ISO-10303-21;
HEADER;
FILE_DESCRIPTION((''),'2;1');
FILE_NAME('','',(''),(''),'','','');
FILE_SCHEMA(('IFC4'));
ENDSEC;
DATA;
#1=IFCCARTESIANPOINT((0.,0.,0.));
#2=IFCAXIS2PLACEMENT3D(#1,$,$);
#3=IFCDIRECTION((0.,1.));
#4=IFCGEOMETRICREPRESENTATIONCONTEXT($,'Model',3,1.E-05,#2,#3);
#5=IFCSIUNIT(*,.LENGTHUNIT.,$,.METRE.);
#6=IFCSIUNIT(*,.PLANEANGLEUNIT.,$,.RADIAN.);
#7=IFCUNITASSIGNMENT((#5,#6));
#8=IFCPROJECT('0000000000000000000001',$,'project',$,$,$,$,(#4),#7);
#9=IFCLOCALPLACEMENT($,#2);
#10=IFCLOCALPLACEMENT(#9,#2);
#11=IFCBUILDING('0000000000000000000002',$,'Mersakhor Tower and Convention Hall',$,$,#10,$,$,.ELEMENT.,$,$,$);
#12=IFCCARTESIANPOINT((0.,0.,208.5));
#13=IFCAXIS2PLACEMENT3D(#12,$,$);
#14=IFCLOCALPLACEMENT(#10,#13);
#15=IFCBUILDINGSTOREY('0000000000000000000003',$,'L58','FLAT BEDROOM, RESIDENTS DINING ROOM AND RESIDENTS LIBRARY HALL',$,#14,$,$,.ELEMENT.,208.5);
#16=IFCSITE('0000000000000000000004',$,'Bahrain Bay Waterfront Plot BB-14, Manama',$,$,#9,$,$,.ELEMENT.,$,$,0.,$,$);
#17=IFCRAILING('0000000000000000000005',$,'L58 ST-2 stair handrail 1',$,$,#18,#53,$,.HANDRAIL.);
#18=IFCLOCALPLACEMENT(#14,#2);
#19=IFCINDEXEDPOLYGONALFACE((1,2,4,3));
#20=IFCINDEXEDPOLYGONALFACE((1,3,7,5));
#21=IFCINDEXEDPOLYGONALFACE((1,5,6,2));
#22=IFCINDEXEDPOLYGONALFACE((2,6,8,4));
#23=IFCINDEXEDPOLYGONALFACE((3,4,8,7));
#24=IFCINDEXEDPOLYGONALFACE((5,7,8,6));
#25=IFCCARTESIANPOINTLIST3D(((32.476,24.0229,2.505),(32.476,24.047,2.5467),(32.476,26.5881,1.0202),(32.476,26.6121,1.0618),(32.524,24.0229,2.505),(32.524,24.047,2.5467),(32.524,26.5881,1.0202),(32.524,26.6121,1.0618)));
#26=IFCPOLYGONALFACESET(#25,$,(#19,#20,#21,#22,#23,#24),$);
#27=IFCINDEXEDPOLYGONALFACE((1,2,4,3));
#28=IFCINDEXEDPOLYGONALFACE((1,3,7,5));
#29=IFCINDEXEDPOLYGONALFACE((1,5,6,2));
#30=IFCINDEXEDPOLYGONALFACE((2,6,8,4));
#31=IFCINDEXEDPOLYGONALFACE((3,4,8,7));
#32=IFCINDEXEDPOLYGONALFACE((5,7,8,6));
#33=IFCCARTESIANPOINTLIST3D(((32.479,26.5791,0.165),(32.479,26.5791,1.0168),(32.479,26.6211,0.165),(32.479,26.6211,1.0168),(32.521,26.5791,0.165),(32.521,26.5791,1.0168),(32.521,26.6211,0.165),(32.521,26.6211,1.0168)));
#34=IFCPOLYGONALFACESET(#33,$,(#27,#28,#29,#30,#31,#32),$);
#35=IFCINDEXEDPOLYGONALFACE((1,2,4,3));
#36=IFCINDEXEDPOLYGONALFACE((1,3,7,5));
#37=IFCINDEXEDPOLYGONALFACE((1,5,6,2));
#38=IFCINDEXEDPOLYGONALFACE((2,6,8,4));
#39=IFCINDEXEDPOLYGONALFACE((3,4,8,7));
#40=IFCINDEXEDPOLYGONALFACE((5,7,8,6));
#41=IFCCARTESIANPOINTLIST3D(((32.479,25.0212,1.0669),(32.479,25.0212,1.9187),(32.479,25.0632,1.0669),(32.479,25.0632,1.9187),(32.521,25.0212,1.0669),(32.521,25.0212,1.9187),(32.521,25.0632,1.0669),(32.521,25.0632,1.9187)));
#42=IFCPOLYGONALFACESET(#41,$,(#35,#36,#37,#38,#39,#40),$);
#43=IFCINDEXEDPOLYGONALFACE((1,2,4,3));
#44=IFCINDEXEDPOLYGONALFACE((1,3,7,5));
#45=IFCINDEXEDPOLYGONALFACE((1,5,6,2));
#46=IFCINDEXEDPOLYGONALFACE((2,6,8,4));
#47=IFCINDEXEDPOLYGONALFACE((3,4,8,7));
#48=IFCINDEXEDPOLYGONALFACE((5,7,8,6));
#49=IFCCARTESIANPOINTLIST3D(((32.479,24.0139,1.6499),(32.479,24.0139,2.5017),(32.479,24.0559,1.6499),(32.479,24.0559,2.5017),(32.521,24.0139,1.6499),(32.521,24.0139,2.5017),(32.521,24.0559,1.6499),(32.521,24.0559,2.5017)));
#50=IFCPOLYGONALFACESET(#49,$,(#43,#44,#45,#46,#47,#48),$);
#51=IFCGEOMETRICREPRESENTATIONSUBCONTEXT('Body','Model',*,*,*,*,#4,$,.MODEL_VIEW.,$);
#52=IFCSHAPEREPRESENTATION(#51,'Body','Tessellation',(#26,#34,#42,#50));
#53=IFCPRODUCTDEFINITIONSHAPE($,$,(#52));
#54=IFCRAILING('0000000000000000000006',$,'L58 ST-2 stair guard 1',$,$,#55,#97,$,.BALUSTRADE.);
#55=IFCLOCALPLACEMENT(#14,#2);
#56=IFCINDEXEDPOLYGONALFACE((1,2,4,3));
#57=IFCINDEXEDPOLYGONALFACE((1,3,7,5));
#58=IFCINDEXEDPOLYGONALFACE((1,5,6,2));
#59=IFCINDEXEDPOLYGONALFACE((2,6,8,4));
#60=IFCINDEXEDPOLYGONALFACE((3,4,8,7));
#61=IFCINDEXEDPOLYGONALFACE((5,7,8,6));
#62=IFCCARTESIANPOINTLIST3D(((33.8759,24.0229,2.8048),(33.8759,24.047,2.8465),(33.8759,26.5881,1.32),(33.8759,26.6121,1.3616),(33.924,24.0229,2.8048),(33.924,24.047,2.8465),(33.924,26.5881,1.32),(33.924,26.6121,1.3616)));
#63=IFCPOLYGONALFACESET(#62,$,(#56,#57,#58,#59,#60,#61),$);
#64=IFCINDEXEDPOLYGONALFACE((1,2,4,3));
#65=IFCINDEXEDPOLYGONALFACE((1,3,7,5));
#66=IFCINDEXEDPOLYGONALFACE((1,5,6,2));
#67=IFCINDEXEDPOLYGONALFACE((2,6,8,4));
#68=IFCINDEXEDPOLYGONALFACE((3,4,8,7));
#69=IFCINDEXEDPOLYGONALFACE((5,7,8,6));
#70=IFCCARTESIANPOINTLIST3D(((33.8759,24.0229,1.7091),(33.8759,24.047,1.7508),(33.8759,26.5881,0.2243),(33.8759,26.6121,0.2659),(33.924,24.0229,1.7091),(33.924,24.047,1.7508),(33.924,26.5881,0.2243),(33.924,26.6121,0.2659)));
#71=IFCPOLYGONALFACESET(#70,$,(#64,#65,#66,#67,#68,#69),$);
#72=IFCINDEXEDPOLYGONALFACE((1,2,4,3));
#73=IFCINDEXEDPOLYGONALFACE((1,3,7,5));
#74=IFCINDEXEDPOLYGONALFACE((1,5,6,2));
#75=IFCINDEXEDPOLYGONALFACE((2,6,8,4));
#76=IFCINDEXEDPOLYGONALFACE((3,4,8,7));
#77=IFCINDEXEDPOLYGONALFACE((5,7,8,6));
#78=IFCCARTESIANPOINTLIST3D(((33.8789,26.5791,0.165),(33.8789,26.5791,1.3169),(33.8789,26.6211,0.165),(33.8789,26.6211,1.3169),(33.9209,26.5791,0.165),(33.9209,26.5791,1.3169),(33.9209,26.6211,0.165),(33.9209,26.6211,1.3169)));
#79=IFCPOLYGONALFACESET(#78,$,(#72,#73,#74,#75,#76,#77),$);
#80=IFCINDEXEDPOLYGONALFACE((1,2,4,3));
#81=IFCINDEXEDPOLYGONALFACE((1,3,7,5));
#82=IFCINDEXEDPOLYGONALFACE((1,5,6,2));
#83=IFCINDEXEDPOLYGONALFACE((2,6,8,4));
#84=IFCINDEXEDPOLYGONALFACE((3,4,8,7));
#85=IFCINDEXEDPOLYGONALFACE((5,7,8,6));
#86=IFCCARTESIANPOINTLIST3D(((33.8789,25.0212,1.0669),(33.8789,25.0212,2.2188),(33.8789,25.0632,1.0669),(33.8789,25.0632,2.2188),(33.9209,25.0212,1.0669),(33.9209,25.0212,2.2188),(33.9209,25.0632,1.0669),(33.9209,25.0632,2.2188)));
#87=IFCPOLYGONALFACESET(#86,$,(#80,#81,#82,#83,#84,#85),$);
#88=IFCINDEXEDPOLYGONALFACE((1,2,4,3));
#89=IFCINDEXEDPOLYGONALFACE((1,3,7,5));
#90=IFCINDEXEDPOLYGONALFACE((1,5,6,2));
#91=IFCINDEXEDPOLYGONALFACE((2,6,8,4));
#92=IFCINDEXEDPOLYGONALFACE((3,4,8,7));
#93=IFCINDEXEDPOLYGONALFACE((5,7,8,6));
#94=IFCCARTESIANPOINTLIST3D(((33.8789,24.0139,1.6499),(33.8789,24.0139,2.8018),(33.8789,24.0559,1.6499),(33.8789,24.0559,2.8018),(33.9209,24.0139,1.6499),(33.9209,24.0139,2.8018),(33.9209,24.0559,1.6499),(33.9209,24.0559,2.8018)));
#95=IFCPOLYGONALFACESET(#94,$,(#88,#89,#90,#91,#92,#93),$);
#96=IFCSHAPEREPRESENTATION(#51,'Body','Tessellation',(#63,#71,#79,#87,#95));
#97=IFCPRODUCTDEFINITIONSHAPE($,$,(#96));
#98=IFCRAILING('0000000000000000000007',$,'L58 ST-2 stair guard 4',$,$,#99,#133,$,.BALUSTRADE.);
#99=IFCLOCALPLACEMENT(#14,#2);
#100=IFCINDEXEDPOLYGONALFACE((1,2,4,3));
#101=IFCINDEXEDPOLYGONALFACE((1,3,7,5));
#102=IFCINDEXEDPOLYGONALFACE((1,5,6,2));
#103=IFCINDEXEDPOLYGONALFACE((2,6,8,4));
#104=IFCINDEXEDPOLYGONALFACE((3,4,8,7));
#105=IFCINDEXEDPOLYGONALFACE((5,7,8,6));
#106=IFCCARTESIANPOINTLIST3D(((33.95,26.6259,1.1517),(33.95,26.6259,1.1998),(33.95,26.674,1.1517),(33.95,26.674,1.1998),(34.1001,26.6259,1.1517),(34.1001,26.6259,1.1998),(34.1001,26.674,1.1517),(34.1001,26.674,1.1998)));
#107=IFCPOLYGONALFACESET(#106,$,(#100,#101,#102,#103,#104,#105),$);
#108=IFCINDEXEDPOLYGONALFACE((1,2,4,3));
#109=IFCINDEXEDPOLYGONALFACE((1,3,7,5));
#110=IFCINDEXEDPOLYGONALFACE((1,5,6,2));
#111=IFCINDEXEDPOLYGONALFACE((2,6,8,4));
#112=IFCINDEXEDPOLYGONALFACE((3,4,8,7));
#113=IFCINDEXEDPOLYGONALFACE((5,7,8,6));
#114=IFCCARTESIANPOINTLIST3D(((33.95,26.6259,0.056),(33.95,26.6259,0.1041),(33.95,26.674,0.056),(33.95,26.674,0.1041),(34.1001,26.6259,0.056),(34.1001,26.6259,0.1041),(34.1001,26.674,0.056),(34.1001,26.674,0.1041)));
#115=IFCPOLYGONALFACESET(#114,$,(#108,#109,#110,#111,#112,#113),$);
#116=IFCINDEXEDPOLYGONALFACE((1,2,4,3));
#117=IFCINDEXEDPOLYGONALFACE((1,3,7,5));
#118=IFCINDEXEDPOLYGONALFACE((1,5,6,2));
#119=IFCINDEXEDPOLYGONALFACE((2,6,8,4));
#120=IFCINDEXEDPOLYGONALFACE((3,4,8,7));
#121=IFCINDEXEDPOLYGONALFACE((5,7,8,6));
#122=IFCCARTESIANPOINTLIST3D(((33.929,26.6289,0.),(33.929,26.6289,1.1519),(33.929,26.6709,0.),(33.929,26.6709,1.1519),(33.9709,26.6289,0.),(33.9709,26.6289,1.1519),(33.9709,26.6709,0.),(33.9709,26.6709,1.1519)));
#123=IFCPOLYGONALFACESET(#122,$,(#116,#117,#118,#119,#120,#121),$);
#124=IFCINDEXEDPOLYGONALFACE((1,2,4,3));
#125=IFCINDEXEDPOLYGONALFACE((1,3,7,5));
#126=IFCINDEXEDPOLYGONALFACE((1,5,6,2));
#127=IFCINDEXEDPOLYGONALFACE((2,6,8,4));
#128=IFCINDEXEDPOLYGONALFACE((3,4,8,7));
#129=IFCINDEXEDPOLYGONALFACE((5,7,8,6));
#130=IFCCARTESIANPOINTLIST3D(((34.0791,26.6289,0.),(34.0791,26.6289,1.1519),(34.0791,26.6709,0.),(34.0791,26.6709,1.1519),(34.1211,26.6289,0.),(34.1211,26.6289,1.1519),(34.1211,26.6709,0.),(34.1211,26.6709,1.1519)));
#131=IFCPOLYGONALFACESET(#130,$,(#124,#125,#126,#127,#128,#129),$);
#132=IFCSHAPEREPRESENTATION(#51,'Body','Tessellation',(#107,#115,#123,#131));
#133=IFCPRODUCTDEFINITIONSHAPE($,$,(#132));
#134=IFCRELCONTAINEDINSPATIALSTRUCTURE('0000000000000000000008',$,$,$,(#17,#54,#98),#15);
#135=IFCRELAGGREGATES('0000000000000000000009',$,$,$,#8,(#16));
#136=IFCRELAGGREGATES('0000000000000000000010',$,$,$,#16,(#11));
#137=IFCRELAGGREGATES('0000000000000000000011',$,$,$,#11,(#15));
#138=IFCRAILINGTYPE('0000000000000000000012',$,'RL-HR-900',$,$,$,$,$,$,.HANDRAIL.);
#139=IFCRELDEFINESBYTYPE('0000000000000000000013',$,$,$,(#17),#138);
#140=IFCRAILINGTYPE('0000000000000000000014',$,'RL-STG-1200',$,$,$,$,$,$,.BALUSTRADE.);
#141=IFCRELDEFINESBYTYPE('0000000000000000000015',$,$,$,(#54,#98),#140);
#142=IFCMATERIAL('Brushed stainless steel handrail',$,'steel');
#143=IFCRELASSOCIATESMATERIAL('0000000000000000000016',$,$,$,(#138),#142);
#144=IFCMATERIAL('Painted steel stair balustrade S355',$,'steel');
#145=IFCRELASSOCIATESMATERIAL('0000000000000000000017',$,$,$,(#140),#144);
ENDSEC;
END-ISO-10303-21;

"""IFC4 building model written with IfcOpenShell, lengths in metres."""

from ifc_helpers import new_model, si_unit, direction, frame, origin, origin_2d, place, context, subcontext, project, spatial, rectangle, extrude, material, type_object, element, save


model = new_model("IFC4")

# Units and contexts
model_context = context("Model", 3, precision=1e-05, world=origin(), true_north=direction((0.0, 1.0)))
body_context = subcontext(model_context, "Body", "Model", "MODEL_VIEW")
ifc_project = project(units=[si_unit("LENGTHUNIT", "METRE"), si_unit("PLANEANGLEUNIT", "RADIAN")], contexts=[model_context])

# Site, building, storey
site_placement = place(None, origin())
site = spatial("IfcSite", under=ifc_project, at=site_placement, Name="Bahrain Bay Waterfront Plot BB-14, Manama", CompositionType="ELEMENT", RefElevation=0.0)
building_placement = place(site_placement, origin())
building = spatial("IfcBuilding", under=site, at=building_placement, Name="Mersakhor Tower and Convention Hall", CompositionType="ELEMENT")
storey_placement = place(building_placement, frame((0.0, 0.0, 208.5)))
storey = spatial("IfcBuildingStorey", under=building, at=storey_placement, Name="L58", Description="FLAT BEDROOM, RESIDENTS DINING ROOM AND RESIDENTS LIBRARY HALL", CompositionType="ELEMENT", Elevation=208.5)

# Railings
ifc_material_1 = material(Name="Brushed stainless steel handrail", Category="steel")
railing_type_1 = type_object("IfcRailingType", Name="RL-HR-900", PredefinedType="HANDRAIL", material=ifc_material_1)
railing_1_placement = place(storey_placement, frame((32.5, 26.6001, 0.165)))
element("IfcRailing", 1, at=railing_1_placement, inside=storey, type_object=railing_type_1, Name="L58 ST-2 stair handrail 1", PredefinedType="HANDRAIL", context=body_context, shape_type="SweptSolid", body=[
    extrude(rectangle(XDim=0.0481, YDim=0.0481, at=origin_2d()), frame((0.0, 0.0, 0.876), z_axis=(0.0, -0.865462, 0.500975), x_axis=(1.0, 0.0, 0.0)), (0.0, 0.0, 1.0), 2.9639),
    extrude(rectangle(XDim=0.042, YDim=0.042, at=origin_2d()), origin(), (0.0, 0.0, 1.0), 0.8518),
    extrude(rectangle(XDim=0.042, YDim=0.042, at=origin_2d()), frame((0.0, -1.5579, 0.9019)), (0.0, 0.0, 1.0), 0.8518),
    extrude(rectangle(XDim=0.042, YDim=0.042, at=origin_2d()), frame((0.0, -2.5652, 1.4849)), (0.0, 0.0, 1.0), 0.8518),
])
ifc_material_2 = material(Name="Painted steel stair balustrade S355", Category="steel")
railing_type_2 = type_object("IfcRailingType", Name="RL-STG-1200", PredefinedType="BALUSTRADE", material=ifc_material_2)
railing_2_placement = place(storey_placement, frame((33.8999, 26.6001, 0.165)))
element("IfcRailing", 2, at=railing_2_placement, inside=storey, type_object=railing_type_2, Name="L58 ST-2 stair guard 1", PredefinedType="BALUSTRADE", context=body_context, shape_type="SweptSolid", body=[
    extrude(rectangle(XDim=0.0481, YDim=0.0481, at=origin_2d()), frame((0.0, 0.0, 1.1758), z_axis=(0.0, -0.865462, 0.500975), x_axis=(1.0, 0.0, 0.0)), (0.0, 0.0, 1.0), 2.9639),
    extrude(rectangle(XDim=0.0481, YDim=0.0481, at=origin_2d()), frame((0.0, 0.0, 0.0801), z_axis=(0.0, -0.865462, 0.500975), x_axis=(1.0, 0.0, 0.0)), (0.0, 0.0, 1.0), 2.9639),
    extrude(rectangle(XDim=0.042, YDim=0.042, at=origin_2d()), origin(), (0.0, 0.0, 1.0), 1.1519),
    extrude(rectangle(XDim=0.042, YDim=0.042, at=origin_2d()), frame((0.0, -1.5579, 0.9019)), (0.0, 0.0, 1.0), 1.1519),
    extrude(rectangle(XDim=0.042, YDim=0.042, at=origin_2d()), frame((0.0, -2.5652, 1.4849)), (0.0, 0.0, 1.0), 1.1519),
])
railing_3_placement = place(storey_placement, frame((33.95, 26.6499, 0.0)))
element("IfcRailing", 3, at=railing_3_placement, inside=storey, type_object=railing_type_2, Name="L58 ST-2 stair guard 4", PredefinedType="BALUSTRADE", context=body_context, shape_type="SweptSolid", body=[
    extrude(rectangle(XDim=0.0481, YDim=0.0481, at=origin_2d()), frame((0.0, 0.0, 1.1758), z_axis=(1.0, 0.0, 0.0), x_axis=(0.0, 1.0, 0.0)), (0.0, 0.0, 1.0), 0.1501),
    extrude(rectangle(XDim=0.0481, YDim=0.0481, at=origin_2d()), frame((0.0, 0.0, 0.0801), z_axis=(1.0, 0.0, 0.0), x_axis=(0.0, 1.0, 0.0)), (0.0, 0.0, 1.0), 0.1501),
    extrude(rectangle(XDim=0.042, YDim=0.042, at=origin_2d()), origin(), (0.0, 0.0, 1.0), 1.1519),
    extrude(rectangle(XDim=0.042, YDim=0.042, at=origin_2d()), frame((0.1501, 0.0, 0.0)), (0.0, 0.0, 1.0), 1.1519),
])

save(model, "model.ifc")
